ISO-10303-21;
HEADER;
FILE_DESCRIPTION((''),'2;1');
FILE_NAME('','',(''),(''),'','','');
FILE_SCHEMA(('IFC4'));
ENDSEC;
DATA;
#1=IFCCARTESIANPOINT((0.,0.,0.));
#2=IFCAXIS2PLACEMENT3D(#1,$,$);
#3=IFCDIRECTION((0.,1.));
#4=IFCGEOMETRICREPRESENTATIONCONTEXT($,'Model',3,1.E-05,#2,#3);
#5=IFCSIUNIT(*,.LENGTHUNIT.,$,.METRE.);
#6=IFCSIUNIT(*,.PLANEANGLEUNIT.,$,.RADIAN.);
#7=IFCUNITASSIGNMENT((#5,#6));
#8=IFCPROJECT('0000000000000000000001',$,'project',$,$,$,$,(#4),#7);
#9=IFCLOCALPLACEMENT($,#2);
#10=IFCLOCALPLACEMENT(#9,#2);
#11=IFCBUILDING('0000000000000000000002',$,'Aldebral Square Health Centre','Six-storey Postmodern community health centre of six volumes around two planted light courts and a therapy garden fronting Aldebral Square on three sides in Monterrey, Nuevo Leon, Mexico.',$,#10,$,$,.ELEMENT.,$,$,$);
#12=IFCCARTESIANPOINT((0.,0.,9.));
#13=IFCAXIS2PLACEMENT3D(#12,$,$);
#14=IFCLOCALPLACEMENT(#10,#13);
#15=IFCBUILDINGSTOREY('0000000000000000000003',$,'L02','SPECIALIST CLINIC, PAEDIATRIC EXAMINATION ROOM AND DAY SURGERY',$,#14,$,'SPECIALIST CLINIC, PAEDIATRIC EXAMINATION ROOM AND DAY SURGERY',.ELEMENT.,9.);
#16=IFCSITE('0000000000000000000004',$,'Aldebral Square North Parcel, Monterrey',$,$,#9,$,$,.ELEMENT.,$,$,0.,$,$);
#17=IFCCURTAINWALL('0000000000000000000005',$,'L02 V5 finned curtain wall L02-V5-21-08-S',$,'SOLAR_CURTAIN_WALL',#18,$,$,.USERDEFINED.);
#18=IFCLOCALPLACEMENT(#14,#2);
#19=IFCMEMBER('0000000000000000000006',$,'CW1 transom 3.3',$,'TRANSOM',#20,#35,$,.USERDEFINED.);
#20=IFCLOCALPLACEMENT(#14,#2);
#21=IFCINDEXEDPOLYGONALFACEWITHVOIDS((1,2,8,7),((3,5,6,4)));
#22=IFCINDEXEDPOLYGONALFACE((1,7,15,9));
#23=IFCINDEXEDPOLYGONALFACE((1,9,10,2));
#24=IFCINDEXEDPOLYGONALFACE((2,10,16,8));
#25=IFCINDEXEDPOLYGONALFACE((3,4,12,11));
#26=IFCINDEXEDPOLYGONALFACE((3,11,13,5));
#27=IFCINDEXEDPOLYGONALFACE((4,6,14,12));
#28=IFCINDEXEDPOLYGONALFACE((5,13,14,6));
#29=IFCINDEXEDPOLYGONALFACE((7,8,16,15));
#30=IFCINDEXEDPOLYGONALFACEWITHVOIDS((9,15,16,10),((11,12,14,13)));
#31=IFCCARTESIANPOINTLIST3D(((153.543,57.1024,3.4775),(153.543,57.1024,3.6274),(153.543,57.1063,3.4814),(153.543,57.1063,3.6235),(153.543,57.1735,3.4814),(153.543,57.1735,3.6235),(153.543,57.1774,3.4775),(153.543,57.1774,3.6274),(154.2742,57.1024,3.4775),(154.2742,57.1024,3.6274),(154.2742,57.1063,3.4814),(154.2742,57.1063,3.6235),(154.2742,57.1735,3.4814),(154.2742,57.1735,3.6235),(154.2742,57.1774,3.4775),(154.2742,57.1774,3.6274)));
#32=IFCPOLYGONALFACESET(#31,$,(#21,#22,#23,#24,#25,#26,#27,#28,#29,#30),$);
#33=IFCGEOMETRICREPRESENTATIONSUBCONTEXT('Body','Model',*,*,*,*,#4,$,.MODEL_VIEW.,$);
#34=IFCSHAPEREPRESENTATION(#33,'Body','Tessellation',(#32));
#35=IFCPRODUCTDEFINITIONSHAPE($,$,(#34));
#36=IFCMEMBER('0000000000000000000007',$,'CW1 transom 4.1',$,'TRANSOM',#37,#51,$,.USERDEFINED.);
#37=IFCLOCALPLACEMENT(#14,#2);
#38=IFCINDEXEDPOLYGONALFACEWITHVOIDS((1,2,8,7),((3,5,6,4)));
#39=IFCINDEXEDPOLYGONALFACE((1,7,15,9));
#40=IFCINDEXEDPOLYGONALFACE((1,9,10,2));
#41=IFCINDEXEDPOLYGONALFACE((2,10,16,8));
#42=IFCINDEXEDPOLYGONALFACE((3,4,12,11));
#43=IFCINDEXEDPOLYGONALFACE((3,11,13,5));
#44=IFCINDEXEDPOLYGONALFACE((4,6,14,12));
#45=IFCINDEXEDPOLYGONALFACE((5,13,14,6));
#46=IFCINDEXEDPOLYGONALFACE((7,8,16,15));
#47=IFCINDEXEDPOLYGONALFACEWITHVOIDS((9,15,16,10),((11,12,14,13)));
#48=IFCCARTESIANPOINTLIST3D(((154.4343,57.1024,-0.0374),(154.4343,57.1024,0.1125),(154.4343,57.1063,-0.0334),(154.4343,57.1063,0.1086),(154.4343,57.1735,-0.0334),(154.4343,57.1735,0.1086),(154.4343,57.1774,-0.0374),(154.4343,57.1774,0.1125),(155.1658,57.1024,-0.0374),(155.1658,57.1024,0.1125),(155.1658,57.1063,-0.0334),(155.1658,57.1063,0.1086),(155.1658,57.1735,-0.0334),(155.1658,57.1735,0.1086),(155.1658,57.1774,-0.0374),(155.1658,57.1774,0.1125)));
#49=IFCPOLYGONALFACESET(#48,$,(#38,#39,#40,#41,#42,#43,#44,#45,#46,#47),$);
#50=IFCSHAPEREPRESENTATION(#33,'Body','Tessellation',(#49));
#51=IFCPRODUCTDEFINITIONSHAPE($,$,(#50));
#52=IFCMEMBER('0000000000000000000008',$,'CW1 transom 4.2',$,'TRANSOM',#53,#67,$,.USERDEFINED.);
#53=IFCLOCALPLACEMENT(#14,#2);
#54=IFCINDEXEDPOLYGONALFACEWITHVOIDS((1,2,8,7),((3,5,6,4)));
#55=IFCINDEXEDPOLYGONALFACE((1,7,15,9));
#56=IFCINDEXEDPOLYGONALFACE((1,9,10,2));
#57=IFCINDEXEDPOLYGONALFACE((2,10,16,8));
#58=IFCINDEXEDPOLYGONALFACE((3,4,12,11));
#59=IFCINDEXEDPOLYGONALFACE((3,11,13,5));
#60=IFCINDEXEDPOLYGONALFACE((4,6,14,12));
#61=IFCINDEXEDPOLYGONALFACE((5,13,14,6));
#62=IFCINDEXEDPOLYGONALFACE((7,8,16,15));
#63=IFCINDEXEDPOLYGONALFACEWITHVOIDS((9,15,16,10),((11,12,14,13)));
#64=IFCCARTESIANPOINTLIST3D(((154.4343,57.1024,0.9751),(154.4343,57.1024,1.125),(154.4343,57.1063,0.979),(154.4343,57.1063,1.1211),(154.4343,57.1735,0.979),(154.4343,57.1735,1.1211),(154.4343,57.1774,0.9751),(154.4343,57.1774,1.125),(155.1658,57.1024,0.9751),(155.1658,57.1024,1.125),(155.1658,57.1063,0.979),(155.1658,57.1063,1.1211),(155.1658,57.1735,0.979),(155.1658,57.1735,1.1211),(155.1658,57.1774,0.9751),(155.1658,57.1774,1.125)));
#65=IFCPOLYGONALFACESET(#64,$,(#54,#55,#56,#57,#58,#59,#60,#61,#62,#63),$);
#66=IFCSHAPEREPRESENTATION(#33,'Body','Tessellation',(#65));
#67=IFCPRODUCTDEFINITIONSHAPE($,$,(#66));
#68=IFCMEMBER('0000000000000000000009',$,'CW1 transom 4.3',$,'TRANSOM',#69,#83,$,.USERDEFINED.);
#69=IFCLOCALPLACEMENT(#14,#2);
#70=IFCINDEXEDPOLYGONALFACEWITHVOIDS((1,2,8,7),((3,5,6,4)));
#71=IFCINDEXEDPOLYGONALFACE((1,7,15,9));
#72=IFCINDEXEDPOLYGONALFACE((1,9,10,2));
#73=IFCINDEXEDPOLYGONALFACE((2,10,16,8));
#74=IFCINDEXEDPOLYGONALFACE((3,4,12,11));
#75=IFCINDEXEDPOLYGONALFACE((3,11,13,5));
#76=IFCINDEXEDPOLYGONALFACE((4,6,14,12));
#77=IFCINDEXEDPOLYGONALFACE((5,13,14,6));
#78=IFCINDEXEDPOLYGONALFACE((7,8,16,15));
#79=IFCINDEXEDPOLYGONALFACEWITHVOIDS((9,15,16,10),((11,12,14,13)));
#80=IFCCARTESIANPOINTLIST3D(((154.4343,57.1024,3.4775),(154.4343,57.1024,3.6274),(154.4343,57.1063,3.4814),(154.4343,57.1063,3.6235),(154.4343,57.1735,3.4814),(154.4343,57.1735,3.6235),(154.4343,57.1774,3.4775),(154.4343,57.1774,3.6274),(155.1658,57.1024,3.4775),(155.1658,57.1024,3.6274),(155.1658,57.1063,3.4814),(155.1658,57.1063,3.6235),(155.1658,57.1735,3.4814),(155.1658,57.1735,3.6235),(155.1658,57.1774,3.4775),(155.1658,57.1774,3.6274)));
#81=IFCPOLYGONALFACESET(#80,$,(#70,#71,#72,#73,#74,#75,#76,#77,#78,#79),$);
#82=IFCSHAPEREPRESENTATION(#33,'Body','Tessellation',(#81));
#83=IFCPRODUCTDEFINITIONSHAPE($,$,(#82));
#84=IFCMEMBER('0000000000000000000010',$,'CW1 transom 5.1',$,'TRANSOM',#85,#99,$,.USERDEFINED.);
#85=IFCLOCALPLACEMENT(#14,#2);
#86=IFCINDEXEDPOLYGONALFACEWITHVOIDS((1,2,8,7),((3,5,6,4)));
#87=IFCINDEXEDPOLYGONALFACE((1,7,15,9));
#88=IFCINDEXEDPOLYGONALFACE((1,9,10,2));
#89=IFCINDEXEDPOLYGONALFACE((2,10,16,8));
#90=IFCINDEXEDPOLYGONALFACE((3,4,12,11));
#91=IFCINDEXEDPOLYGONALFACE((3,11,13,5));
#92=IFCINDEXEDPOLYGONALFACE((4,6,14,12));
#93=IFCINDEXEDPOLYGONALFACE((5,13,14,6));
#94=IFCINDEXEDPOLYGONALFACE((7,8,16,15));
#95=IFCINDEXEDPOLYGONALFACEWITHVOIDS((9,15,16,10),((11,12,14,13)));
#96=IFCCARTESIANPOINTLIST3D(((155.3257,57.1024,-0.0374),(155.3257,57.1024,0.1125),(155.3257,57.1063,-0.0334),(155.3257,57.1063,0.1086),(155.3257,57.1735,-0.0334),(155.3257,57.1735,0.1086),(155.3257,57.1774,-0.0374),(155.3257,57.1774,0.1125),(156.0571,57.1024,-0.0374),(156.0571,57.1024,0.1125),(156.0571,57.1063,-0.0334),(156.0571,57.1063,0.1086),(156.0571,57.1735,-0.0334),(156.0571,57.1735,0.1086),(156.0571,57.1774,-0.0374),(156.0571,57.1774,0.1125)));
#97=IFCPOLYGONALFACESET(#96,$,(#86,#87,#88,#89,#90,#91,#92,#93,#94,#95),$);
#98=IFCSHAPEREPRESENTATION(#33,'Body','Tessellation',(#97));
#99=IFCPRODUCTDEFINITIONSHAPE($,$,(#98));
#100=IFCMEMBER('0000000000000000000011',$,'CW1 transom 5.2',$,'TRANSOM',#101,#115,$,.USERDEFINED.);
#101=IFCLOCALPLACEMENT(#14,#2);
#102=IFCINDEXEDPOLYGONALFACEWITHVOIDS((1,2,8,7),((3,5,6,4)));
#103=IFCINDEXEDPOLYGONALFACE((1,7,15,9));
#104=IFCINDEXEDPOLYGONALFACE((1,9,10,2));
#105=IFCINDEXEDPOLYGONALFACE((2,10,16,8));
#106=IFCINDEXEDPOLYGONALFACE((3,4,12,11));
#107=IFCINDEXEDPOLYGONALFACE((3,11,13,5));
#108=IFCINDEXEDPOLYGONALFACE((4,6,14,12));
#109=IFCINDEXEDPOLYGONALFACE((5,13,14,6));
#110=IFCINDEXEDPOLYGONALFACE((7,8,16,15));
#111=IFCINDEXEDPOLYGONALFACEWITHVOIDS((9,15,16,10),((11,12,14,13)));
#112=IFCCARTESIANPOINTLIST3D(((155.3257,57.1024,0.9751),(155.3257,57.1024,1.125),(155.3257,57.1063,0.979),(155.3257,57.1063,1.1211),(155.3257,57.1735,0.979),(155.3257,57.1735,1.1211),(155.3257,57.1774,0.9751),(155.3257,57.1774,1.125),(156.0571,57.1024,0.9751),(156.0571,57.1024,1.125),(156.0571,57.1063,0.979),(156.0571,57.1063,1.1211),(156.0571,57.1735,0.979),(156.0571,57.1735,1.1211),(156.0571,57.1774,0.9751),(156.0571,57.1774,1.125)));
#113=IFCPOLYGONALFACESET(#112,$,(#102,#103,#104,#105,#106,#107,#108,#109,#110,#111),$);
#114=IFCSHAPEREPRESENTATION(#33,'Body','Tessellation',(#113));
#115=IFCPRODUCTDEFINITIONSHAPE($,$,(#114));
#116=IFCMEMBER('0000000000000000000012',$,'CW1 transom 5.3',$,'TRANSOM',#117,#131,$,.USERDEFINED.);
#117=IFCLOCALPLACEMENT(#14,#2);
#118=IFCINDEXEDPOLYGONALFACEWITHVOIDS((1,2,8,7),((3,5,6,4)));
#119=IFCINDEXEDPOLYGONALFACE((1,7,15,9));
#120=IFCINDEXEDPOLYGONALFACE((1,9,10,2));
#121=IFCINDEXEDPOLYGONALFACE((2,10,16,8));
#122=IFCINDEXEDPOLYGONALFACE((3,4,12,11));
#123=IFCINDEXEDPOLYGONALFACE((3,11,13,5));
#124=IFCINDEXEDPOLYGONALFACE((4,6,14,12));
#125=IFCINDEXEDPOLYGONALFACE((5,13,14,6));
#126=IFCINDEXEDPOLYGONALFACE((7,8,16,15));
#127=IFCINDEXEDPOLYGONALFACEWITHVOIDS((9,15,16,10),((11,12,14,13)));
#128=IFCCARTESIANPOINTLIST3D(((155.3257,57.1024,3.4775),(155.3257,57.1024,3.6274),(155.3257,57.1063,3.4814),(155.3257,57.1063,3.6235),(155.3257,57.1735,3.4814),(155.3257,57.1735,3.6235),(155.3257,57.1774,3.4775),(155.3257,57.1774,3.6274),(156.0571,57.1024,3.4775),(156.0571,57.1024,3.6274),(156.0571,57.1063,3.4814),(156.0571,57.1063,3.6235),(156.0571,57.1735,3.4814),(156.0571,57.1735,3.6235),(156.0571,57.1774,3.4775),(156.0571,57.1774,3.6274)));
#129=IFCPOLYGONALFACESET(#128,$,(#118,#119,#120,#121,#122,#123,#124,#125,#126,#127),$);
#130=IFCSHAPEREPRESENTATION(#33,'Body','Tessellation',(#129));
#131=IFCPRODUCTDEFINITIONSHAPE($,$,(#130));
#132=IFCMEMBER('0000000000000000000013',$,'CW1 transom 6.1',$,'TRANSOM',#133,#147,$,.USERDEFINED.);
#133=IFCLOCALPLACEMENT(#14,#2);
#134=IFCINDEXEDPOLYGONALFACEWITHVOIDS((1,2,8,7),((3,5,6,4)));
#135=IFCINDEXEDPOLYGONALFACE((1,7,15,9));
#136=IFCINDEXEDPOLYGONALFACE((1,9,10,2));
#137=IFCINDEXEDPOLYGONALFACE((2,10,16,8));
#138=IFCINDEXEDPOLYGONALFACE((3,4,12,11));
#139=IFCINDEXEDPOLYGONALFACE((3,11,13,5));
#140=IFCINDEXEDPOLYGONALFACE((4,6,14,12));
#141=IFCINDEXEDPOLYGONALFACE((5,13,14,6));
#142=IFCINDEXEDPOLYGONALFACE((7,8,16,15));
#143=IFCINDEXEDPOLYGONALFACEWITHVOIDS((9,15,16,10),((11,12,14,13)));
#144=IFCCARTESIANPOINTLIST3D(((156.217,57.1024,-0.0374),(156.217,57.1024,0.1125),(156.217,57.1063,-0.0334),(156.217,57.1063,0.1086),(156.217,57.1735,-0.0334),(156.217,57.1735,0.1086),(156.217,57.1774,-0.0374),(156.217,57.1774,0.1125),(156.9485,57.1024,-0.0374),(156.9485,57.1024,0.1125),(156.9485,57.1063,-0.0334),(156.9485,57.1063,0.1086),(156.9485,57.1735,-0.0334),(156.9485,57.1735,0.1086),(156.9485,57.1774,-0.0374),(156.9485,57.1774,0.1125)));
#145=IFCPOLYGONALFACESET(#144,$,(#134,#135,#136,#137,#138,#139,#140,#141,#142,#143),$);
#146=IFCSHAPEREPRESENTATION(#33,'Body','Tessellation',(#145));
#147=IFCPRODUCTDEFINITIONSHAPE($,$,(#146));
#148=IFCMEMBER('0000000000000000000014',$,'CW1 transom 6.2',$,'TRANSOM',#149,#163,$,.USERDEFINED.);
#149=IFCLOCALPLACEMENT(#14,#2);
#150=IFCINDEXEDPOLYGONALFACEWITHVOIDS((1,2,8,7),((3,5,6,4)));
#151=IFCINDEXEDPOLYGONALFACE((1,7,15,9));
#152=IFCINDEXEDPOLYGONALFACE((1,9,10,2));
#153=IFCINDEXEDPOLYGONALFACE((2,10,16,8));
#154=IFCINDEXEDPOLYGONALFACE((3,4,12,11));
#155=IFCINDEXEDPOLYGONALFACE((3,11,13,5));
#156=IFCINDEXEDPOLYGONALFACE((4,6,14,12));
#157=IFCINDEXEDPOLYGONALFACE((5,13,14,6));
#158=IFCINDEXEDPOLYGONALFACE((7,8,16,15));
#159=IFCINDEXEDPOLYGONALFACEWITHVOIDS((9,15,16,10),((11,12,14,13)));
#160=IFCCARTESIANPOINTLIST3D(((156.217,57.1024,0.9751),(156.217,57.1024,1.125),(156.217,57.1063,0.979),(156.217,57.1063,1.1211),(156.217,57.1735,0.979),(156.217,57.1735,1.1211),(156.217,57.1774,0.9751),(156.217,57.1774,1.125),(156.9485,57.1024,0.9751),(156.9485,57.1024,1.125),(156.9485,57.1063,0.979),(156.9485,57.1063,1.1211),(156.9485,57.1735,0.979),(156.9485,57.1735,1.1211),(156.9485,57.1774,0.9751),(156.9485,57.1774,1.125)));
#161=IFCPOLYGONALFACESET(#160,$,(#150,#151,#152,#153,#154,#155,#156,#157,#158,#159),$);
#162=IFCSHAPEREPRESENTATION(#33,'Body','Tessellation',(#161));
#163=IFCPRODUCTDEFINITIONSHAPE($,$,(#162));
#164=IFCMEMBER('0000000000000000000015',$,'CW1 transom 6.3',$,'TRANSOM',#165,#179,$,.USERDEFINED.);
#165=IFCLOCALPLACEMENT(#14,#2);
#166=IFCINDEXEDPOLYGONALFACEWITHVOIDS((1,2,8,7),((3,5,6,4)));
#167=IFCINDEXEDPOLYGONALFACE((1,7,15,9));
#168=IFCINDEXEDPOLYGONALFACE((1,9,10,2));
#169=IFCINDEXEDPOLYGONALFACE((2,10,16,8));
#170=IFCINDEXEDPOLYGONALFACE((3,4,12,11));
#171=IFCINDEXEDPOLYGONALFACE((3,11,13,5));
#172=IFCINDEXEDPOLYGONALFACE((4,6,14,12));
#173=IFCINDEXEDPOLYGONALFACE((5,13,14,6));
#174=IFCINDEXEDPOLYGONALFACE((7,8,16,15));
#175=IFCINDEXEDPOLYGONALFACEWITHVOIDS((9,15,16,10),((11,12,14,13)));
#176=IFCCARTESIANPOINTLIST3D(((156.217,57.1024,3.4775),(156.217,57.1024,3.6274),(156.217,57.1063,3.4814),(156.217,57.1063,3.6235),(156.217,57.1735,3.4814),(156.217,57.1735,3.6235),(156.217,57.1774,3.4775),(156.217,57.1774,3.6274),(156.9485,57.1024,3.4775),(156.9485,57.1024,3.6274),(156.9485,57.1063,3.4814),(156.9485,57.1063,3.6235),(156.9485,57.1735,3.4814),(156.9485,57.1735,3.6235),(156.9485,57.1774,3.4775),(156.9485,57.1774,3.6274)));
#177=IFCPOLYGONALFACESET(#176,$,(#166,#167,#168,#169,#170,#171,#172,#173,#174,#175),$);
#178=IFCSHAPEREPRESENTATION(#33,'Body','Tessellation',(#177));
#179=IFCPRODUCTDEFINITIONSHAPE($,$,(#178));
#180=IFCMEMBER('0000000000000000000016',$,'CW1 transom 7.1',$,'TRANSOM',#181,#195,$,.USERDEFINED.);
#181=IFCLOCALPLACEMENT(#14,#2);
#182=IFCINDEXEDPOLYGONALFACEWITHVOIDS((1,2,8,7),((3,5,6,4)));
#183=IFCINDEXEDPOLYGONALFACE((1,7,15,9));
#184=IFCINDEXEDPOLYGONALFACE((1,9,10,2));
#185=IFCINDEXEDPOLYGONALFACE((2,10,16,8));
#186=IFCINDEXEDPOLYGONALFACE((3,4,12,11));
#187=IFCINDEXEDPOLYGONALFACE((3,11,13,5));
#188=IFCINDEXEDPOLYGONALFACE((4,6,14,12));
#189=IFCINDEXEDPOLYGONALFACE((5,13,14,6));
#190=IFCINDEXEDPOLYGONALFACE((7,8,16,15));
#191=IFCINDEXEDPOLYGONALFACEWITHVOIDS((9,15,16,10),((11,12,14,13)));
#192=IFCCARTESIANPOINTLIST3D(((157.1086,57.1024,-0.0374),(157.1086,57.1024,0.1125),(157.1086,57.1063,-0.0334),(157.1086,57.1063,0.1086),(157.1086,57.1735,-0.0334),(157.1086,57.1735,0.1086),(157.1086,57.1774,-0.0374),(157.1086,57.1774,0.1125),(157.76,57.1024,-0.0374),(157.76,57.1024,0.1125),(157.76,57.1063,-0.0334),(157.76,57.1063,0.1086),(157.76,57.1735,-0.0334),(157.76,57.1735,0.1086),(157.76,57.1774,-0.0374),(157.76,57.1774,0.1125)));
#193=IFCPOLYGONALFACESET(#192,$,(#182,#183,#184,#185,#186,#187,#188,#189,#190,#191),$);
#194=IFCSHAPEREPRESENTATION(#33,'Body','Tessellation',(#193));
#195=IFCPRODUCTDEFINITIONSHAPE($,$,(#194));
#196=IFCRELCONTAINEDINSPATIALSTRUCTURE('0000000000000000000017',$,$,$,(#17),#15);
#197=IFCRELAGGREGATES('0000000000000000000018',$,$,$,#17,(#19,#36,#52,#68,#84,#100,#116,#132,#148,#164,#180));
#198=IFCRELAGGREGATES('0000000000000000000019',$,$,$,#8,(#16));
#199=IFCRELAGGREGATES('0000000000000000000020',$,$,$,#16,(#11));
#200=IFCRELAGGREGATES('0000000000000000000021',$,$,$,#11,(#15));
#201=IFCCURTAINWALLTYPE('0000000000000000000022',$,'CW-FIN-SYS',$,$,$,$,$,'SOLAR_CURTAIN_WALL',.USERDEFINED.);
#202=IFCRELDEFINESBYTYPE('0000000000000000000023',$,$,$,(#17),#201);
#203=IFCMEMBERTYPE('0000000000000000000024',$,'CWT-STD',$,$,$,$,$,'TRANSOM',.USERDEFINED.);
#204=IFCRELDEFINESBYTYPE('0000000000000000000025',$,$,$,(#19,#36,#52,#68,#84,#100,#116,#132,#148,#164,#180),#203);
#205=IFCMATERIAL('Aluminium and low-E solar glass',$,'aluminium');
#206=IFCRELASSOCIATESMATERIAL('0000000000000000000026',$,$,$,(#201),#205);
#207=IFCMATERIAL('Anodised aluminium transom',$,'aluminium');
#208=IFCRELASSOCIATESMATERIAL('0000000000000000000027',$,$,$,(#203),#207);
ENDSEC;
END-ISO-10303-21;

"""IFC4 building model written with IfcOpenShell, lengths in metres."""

from ifc_helpers import new_model, si_unit, direction, frame, origin, origin_2d, place, context, subcontext, project, spatial, hollow_rectangle, extrude, material, material_profile, profile_set, type_object, element, aggregate, save


model = new_model("IFC4")

# Units and contexts
model_context = context("Model", 3, precision=1e-05, world=origin(), true_north=direction((0.0, 1.0)))
body_context = subcontext(model_context, "Body", "Model", "MODEL_VIEW")
ifc_project = project(units=[si_unit("LENGTHUNIT", "METRE"), si_unit("PLANEANGLEUNIT", "RADIAN")], contexts=[model_context])

# Site, building, storey
site_placement = place(None, origin())
site = spatial("IfcSite", under=ifc_project, at=site_placement, Name="Aldebral Square North Parcel, Monterrey", CompositionType="ELEMENT", RefElevation=0.0)
building_placement = place(site_placement, origin())
building = spatial("IfcBuilding", under=site, at=building_placement, Name="Aldebral Square Health Centre", Description="Six-storey Postmodern community health centre of six volumes around two planted light courts and a therapy garden fronting Aldebral Square on three sides in Monterrey, Nuevo Leon, Mexico.", CompositionType="ELEMENT")
storey_placement = place(building_placement, frame((0.0, 0.0, 9.0)))
storey = spatial("IfcBuildingStorey", under=building, at=storey_placement, Name="L02", Description="SPECIALIST CLINIC, PAEDIATRIC EXAMINATION ROOM AND DAY SURGERY", LongName="SPECIALIST CLINIC, PAEDIATRIC EXAMINATION ROOM AND DAY SURGERY", CompositionType="ELEMENT", Elevation=9.0)

# Curtain wall, members
ifc_material_1 = material(Name="Aluminium and low-E solar glass", Category="aluminium")
curtain_wall_type = type_object("IfcCurtainWallType", Name="CW-FIN-SYS", ElementType="SOLAR_CURTAIN_WALL", PredefinedType="USERDEFINED", material=ifc_material_1)
curtain_wall_placement = place(storey_placement, origin())
curtain_wall = element("IfcCurtainWall", 1, at=curtain_wall_placement, inside=storey, type_object=curtain_wall_type, Name="L02 V5 finned curtain wall L02-V5-21-08-S", ObjectType="SOLAR_CURTAIN_WALL", PredefinedType="USERDEFINED")
ifc_material_2 = material(Name="Anodised aluminium transom", Category="aluminium")
ifc_material_profile_1 = material_profile(ifc_material_2, hollow_rectangle(XDim=0.075, YDim=0.1499, WallThickness=0.0039, at=origin_2d()), Name="CWT 75x150x4")
ifc_profile_set_1 = profile_set([ifc_material_profile_1], Name="Anodised aluminium transom")
member_type_1 = type_object("IfcMemberType", Name="CWT-STD", ElementType="TRANSOM", PredefinedType="USERDEFINED", material=ifc_profile_set_1)
member_1_placement = place(storey_placement, frame((153.543, 57.1399, 3.5525), z_axis=(1.0, 0.0, 0.0), x_axis=(0.0, 1.0, 0.0)))
member_1 = element("IfcMember", 2, at=member_1_placement, type_object=member_type_1, Name="CW1 transom 3.3", ObjectType="TRANSOM", PredefinedType="USERDEFINED", context=body_context, shape_type="SweptSolid", body=[
    extrude(hollow_rectangle(XDim=0.075, YDim=0.1499, WallThickness=0.0039, at=origin_2d()), origin(), (0.0, 0.0, 1.0), 0.7312),
])
member_2_placement = place(storey_placement, frame((154.4343, 57.1399, 0.0376), z_axis=(1.0, 0.0, 0.0), x_axis=(0.0, 1.0, 0.0)))
member_2 = element("IfcMember", 3, at=member_2_placement, type_object=member_type_1, Name="CW1 transom 4.1", ObjectType="TRANSOM", PredefinedType="USERDEFINED", context=body_context, shape_type="SweptSolid", body=[
    extrude(hollow_rectangle(XDim=0.075, YDim=0.1499, WallThickness=0.0039, at=origin_2d()), origin(), (0.0, 0.0, 1.0), 0.7314),
])
member_3_placement = place(storey_placement, frame((154.4343, 57.1399, 1.05), z_axis=(1.0, 0.0, 0.0), x_axis=(0.0, 1.0, 0.0)))
member_3 = element("IfcMember", 4, at=member_3_placement, type_object=member_type_1, Name="CW1 transom 4.2", ObjectType="TRANSOM", PredefinedType="USERDEFINED", context=body_context, shape_type="SweptSolid", body=[
    extrude(hollow_rectangle(XDim=0.075, YDim=0.1499, WallThickness=0.0039, at=origin_2d()), origin(), (0.0, 0.0, 1.0), 0.7314),
])
member_4_placement = place(storey_placement, frame((154.4343, 57.1399, 3.5525), z_axis=(1.0, 0.0, 0.0), x_axis=(0.0, 1.0, 0.0)))
member_4 = element("IfcMember", 5, at=member_4_placement, type_object=member_type_1, Name="CW1 transom 4.3", ObjectType="TRANSOM", PredefinedType="USERDEFINED", context=body_context, shape_type="SweptSolid", body=[
    extrude(hollow_rectangle(XDim=0.075, YDim=0.1499, WallThickness=0.0039, at=origin_2d()), origin(), (0.0, 0.0, 1.0), 0.7314),
])
member_5_placement = place(storey_placement, frame((155.3257, 57.1399, 0.0376), z_axis=(1.0, 0.0, 0.0), x_axis=(0.0, 1.0, 0.0)))
member_5 = element("IfcMember", 6, at=member_5_placement, type_object=member_type_1, Name="CW1 transom 5.1", ObjectType="TRANSOM", PredefinedType="USERDEFINED", context=body_context, shape_type="SweptSolid", body=[
    extrude(hollow_rectangle(XDim=0.075, YDim=0.1499, WallThickness=0.0039, at=origin_2d()), origin(), (0.0, 0.0, 1.0), 0.7314),
])
member_6_placement = place(storey_placement, frame((155.3257, 57.1399, 1.05), z_axis=(1.0, 0.0, 0.0), x_axis=(0.0, 1.0, 0.0)))
member_6 = element("IfcMember", 7, at=member_6_placement, type_object=member_type_1, Name="CW1 transom 5.2", ObjectType="TRANSOM", PredefinedType="USERDEFINED", context=body_context, shape_type="SweptSolid", body=[
    extrude(hollow_rectangle(XDim=0.075, YDim=0.1499, WallThickness=0.0039, at=origin_2d()), origin(), (0.0, 0.0, 1.0), 0.7314),
])
member_7_placement = place(storey_placement, frame((155.3257, 57.1399, 3.5525), z_axis=(1.0, 0.0, 0.0), x_axis=(0.0, 1.0, 0.0)))
member_7 = element("IfcMember", 8, at=member_7_placement, type_object=member_type_1, Name="CW1 transom 5.3", ObjectType="TRANSOM", PredefinedType="USERDEFINED", context=body_context, shape_type="SweptSolid", body=[
    extrude(hollow_rectangle(XDim=0.075, YDim=0.1499, WallThickness=0.0039, at=origin_2d()), origin(), (0.0, 0.0, 1.0), 0.7314),
])
member_8_placement = place(storey_placement, frame((156.217, 57.1399, 0.0376), z_axis=(1.0, 0.0, 0.0), x_axis=(0.0, 1.0, 0.0)))
member_8 = element("IfcMember", 9, at=member_8_placement, type_object=member_type_1, Name="CW1 transom 6.1", ObjectType="TRANSOM", PredefinedType="USERDEFINED", context=body_context, shape_type="SweptSolid", body=[
    extrude(hollow_rectangle(XDim=0.075, YDim=0.1499, WallThickness=0.0039, at=origin_2d()), origin(), (0.0, 0.0, 1.0), 0.7314),
])
member_9_placement = place(storey_placement, frame((156.217, 57.1399, 1.05), z_axis=(1.0, 0.0, 0.0), x_axis=(0.0, 1.0, 0.0)))
member_9 = element("IfcMember", 10, at=member_9_placement, type_object=member_type_1, Name="CW1 transom 6.2", ObjectType="TRANSOM", PredefinedType="USERDEFINED", context=body_context, shape_type="SweptSolid", body=[
    extrude(hollow_rectangle(XDim=0.075, YDim=0.1499, WallThickness=0.0039, at=origin_2d()), origin(), (0.0, 0.0, 1.0), 0.7314),
])
member_10_placement = place(storey_placement, frame((156.217, 57.1399, 3.5525), z_axis=(1.0, 0.0, 0.0), x_axis=(0.0, 1.0, 0.0)))
member_10 = element("IfcMember", 11, at=member_10_placement, type_object=member_type_1, Name="CW1 transom 6.3", ObjectType="TRANSOM", PredefinedType="USERDEFINED", context=body_context, shape_type="SweptSolid", body=[
    extrude(hollow_rectangle(XDim=0.075, YDim=0.1499, WallThickness=0.0039, at=origin_2d()), origin(), (0.0, 0.0, 1.0), 0.7314),
])
member_11_placement = place(storey_placement, frame((157.1086, 57.1399, 0.0376), z_axis=(1.0, 0.0, 0.0), x_axis=(0.0, 1.0, 0.0)))
member_11 = element("IfcMember", 12, at=member_11_placement, type_object=member_type_1, Name="CW1 transom 7.1", ObjectType="TRANSOM", PredefinedType="USERDEFINED", context=body_context, shape_type="SweptSolid", body=[
    extrude(hollow_rectangle(XDim=0.075, YDim=0.1499, WallThickness=0.0039, at=origin_2d()), origin(), (0.0, 0.0, 1.0), 0.6514),
])
aggregate(curtain_wall, [member_1, member_2, member_3, member_4, member_5, member_6, member_7, member_8, member_9, member_10, member_11])

save(model, "model.ifc")
